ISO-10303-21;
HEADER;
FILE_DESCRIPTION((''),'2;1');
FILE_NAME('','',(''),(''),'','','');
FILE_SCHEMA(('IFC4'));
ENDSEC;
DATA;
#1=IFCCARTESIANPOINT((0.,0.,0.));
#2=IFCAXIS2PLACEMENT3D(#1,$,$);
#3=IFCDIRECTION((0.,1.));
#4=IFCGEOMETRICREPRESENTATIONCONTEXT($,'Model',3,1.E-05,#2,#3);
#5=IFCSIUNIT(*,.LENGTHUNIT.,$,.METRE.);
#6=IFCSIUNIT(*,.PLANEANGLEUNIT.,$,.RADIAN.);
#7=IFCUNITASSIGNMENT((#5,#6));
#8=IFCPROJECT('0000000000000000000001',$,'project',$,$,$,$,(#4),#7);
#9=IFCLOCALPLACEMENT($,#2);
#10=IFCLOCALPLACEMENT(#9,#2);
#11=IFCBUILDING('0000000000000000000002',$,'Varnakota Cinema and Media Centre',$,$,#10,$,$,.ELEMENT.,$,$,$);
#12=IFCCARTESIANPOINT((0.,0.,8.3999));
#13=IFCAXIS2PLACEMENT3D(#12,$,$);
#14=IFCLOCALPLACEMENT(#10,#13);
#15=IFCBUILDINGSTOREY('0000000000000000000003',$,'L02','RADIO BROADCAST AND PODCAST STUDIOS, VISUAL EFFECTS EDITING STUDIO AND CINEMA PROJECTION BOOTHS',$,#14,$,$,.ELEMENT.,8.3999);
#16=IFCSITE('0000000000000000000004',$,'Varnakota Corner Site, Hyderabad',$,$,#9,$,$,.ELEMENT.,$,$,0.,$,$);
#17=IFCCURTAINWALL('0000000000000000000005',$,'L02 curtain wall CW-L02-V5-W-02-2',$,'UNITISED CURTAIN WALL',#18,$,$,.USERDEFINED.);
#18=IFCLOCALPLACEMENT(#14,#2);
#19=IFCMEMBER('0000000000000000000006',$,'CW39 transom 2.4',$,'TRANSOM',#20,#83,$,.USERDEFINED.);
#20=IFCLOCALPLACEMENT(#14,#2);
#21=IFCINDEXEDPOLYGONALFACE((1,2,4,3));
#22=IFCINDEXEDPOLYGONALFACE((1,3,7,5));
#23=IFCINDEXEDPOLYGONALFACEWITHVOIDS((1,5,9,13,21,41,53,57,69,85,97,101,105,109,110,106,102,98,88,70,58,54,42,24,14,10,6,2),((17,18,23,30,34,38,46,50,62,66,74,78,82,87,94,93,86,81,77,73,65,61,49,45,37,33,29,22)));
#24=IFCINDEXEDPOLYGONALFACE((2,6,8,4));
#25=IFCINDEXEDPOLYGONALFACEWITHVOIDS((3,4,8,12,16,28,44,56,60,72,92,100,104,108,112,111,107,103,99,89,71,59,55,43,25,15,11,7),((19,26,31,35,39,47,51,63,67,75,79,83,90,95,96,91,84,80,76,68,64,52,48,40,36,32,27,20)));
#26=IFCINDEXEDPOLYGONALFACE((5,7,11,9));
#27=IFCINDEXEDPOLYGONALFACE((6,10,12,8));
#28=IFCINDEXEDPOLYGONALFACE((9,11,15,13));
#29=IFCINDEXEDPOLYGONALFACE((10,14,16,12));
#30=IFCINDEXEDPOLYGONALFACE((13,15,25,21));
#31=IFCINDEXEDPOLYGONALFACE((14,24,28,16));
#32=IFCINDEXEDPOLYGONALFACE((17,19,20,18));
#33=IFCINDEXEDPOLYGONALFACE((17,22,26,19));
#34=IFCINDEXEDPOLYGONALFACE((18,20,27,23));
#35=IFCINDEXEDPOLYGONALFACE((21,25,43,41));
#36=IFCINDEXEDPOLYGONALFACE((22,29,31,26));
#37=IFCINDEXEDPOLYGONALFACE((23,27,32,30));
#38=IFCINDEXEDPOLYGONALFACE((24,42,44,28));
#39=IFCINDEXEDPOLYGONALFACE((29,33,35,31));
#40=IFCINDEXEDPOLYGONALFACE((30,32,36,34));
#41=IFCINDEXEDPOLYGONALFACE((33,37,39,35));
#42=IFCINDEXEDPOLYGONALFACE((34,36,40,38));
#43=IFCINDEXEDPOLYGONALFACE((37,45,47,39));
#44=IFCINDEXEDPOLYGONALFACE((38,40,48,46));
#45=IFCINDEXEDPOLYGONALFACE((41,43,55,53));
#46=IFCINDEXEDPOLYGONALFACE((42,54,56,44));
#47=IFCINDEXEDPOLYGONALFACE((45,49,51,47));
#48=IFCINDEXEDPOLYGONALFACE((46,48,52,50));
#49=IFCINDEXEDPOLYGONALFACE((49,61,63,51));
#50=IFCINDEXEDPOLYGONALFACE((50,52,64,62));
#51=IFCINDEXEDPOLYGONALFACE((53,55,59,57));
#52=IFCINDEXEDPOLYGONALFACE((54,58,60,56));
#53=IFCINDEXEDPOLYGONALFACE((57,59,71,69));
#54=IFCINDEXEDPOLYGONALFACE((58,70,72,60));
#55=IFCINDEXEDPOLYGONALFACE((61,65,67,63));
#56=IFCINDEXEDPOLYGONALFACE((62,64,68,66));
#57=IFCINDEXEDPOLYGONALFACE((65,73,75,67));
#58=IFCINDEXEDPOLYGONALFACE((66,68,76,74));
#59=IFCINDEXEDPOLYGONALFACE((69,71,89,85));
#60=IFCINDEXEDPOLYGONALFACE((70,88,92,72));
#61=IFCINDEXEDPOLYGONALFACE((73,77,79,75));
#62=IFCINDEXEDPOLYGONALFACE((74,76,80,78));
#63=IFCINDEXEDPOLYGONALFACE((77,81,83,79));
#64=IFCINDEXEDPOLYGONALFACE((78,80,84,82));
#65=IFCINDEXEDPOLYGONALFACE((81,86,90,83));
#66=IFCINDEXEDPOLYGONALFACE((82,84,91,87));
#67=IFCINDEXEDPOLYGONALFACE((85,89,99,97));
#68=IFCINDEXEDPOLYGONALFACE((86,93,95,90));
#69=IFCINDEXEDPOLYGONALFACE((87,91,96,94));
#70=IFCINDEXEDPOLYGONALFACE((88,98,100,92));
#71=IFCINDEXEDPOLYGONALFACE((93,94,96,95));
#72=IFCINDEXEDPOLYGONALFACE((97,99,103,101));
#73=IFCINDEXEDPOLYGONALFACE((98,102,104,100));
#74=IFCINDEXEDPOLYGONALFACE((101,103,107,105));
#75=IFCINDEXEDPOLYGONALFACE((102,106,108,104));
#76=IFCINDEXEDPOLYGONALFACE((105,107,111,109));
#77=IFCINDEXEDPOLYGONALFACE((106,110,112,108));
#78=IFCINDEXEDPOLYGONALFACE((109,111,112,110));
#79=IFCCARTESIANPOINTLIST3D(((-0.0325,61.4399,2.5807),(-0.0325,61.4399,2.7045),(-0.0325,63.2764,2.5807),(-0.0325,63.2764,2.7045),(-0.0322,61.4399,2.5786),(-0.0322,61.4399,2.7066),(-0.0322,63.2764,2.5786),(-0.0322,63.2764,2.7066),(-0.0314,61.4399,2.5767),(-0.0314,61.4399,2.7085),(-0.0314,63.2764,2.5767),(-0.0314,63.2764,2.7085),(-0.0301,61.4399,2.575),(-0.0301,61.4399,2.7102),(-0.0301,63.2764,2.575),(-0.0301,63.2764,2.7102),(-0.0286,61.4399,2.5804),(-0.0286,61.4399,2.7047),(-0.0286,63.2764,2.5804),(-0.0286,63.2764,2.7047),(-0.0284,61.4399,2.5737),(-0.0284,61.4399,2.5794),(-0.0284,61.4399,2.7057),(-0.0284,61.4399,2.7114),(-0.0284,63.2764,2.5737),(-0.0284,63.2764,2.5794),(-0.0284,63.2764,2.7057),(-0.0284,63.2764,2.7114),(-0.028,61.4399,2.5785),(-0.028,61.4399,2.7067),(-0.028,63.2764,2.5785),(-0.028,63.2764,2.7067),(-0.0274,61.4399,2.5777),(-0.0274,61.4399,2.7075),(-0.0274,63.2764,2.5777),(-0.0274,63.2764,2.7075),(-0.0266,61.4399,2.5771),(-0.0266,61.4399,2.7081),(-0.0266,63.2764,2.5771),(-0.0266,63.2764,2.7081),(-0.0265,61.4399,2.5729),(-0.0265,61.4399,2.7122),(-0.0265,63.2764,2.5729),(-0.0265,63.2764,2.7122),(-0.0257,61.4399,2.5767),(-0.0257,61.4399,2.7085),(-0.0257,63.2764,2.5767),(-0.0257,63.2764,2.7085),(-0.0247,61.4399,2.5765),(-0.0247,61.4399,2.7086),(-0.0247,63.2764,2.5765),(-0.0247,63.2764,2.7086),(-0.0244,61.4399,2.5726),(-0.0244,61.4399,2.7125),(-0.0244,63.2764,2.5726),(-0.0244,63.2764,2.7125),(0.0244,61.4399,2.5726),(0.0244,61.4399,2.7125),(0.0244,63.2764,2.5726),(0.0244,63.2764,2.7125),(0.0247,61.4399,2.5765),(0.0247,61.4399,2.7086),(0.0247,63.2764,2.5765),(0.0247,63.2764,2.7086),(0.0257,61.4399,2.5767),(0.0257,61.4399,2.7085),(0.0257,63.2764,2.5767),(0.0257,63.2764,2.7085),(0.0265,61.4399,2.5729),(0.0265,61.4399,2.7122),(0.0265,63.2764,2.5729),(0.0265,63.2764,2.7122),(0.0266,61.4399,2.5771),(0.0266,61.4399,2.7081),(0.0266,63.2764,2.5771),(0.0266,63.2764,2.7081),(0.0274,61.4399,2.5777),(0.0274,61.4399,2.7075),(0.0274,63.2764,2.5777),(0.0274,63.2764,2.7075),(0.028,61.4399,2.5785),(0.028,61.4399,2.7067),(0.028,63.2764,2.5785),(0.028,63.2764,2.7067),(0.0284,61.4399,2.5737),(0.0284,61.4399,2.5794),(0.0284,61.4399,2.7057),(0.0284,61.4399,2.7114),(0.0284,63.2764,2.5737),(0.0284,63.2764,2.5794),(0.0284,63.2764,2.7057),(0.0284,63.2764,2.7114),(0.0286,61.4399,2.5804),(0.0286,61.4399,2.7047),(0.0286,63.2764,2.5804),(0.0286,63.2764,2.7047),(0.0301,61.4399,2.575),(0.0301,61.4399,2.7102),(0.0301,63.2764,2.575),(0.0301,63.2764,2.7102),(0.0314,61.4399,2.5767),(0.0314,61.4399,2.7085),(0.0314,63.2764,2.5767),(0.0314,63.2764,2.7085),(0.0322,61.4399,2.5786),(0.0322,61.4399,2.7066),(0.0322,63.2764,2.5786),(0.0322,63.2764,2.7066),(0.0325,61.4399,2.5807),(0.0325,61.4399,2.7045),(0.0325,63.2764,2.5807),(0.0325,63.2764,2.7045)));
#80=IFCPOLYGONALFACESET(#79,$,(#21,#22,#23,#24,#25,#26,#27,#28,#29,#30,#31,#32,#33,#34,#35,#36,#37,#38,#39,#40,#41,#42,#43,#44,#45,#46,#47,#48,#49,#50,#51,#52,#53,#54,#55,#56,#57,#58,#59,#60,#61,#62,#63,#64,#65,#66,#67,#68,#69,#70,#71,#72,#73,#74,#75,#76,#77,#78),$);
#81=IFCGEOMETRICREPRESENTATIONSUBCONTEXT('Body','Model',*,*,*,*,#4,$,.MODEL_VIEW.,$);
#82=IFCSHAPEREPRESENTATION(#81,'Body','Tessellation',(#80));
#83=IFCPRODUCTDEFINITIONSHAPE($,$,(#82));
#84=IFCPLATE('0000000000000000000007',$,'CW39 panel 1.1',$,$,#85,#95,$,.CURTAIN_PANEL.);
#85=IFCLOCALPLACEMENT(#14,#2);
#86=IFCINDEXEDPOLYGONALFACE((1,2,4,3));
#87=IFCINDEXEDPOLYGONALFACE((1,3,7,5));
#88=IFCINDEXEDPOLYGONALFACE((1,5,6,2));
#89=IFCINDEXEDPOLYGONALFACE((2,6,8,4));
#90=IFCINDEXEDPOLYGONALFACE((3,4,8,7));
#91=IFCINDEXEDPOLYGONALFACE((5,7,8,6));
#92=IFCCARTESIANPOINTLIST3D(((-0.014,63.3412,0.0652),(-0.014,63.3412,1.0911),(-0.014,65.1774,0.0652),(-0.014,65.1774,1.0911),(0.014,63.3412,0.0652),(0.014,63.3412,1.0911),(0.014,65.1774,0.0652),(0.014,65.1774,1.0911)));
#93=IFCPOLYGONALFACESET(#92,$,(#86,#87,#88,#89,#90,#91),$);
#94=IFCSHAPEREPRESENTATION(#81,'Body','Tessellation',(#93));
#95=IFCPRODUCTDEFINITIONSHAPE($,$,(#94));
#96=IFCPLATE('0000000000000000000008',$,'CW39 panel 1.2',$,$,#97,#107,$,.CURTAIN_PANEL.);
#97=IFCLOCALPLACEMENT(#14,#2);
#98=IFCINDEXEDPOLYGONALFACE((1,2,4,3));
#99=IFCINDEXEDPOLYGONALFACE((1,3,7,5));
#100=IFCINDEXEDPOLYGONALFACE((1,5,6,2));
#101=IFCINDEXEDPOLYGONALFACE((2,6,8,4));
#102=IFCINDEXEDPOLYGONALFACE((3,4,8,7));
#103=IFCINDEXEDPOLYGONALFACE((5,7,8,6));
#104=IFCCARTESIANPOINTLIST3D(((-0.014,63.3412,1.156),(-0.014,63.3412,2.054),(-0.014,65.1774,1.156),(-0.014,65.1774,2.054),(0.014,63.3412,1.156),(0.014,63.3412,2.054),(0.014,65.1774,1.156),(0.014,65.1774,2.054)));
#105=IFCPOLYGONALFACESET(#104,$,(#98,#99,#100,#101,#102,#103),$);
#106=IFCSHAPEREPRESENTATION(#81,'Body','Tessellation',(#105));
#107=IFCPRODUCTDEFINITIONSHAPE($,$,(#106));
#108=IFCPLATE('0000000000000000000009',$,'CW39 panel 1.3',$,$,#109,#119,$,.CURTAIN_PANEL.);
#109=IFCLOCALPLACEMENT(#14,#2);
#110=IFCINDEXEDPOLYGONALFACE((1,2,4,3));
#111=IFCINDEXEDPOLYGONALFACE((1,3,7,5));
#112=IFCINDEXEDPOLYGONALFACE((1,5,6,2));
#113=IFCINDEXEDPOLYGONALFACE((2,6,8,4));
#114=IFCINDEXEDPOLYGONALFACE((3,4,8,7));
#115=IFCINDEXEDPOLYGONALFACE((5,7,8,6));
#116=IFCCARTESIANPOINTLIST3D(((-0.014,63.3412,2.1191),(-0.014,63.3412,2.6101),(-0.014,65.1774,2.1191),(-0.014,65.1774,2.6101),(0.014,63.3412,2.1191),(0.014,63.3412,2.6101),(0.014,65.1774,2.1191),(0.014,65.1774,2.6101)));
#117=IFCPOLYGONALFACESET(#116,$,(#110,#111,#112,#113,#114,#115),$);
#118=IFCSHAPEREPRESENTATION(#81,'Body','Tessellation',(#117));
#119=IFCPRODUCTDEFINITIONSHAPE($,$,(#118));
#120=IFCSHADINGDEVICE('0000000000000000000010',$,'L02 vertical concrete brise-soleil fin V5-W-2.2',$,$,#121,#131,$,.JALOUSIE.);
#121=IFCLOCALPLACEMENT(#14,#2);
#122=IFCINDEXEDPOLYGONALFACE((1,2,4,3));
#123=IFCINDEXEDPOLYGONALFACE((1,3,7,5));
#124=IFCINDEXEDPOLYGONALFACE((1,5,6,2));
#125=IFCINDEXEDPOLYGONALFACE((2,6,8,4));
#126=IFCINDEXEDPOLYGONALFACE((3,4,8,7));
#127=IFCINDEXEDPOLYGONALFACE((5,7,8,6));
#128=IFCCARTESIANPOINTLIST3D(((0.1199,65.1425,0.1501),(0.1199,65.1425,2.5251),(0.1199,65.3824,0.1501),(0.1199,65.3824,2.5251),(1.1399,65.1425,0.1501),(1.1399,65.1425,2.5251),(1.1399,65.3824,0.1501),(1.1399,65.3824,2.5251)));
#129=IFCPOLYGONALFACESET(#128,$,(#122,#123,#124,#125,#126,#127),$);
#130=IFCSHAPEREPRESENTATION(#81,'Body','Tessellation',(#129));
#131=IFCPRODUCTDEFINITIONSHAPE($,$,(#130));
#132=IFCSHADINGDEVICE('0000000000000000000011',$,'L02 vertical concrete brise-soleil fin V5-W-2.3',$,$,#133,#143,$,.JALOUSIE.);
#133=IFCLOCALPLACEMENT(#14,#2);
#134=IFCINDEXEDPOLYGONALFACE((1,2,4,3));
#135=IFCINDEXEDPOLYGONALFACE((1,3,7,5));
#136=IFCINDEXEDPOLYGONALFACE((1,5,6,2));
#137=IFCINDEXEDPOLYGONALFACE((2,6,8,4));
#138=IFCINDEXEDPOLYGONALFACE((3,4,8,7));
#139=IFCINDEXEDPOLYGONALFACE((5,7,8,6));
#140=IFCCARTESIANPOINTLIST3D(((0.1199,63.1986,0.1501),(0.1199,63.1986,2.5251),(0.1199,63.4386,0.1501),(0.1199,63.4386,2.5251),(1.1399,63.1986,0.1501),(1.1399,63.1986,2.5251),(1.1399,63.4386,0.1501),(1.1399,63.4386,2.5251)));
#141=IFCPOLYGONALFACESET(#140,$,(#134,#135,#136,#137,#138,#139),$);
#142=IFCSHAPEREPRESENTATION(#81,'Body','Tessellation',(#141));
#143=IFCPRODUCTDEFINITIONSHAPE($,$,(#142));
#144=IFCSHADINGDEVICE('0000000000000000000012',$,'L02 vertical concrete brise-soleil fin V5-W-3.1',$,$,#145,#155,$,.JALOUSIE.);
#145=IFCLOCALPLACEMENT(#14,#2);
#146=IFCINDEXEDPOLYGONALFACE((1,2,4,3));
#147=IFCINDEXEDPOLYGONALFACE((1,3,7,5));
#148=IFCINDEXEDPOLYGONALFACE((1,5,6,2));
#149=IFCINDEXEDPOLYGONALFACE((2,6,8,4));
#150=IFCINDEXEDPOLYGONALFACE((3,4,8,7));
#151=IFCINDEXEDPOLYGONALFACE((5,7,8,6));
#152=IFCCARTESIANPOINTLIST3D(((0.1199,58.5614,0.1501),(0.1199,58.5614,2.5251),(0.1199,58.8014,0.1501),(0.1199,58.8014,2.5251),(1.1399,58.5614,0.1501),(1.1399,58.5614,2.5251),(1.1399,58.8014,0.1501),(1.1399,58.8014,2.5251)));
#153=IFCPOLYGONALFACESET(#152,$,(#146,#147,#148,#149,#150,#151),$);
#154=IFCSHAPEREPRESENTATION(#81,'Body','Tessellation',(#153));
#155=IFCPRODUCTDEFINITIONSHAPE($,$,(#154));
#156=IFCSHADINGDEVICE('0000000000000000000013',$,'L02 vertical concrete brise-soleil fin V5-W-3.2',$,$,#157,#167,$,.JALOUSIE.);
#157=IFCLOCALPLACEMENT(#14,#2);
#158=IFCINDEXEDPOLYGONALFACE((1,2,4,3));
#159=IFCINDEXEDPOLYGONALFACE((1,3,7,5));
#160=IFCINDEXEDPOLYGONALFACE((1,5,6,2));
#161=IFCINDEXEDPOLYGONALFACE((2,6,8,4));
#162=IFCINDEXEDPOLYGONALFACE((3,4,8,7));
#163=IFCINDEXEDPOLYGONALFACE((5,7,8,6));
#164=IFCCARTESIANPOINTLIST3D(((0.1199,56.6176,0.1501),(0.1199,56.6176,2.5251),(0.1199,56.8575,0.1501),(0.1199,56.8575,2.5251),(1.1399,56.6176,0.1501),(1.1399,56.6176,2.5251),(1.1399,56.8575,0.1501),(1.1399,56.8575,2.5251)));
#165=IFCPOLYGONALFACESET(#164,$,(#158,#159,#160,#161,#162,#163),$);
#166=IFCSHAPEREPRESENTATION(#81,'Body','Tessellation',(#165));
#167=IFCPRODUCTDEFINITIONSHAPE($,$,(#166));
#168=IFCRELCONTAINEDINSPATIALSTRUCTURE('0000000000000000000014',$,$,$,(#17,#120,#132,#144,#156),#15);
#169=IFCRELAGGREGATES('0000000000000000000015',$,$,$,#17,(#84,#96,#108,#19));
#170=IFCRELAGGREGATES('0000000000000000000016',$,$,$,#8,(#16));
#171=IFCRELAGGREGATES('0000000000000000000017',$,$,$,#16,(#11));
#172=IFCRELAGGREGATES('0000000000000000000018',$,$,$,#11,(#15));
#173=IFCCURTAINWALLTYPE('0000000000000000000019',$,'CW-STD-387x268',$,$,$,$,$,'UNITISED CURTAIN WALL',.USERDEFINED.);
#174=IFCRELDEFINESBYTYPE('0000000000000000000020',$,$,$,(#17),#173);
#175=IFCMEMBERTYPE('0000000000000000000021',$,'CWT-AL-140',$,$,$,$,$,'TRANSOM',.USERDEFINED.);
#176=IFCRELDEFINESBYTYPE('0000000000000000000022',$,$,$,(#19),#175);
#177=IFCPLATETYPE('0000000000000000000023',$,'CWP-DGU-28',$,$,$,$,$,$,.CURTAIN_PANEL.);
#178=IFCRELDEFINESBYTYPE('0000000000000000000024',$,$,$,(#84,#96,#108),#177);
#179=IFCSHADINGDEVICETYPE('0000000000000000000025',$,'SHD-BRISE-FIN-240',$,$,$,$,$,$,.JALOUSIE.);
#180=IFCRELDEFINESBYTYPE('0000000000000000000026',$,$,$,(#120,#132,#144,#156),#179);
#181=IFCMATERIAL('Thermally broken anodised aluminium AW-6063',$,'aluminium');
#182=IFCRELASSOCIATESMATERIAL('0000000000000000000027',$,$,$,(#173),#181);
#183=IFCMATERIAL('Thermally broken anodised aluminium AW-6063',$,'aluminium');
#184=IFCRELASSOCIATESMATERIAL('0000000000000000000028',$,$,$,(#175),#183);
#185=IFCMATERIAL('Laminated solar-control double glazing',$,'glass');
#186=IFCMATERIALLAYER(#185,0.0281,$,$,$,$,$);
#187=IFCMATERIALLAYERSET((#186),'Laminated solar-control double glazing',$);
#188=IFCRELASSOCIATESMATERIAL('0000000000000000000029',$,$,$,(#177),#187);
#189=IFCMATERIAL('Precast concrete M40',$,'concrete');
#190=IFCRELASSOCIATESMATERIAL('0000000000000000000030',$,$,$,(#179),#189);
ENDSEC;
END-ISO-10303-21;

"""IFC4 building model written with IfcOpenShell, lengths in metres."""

from ifc_helpers import new_model, si_unit, direction, frame, origin, origin_2d, place, context, subcontext, project, spatial, rectangle, hollow_rectangle, extrude, material, layer, layer_set, material_profile, profile_set, type_object, element, aggregate, save


model = new_model("IFC4")

# Units and contexts
model_context = context("Model", 3, precision=1e-05, world=origin(), true_north=direction((0.0, 1.0)))
body_context = subcontext(model_context, "Body", "Model", "MODEL_VIEW")
ifc_project = project(units=[si_unit("LENGTHUNIT", "METRE"), si_unit("PLANEANGLEUNIT", "RADIAN")], contexts=[model_context])

# Site, building, storey
site_placement = place(None, origin())
site = spatial("IfcSite", under=ifc_project, at=site_placement, Name="Varnakota Corner Site, Hyderabad", CompositionType="ELEMENT", RefElevation=0.0)
building_placement = place(site_placement, origin())
building = spatial("IfcBuilding", under=site, at=building_placement, Name="Varnakota Cinema and Media Centre", CompositionType="ELEMENT")
storey_placement = place(building_placement, frame((0.0, 0.0, 8.3999)))
storey = spatial("IfcBuildingStorey", under=building, at=storey_placement, Name="L02", Description="RADIO BROADCAST AND PODCAST STUDIOS, VISUAL EFFECTS EDITING STUDIO AND CINEMA PROJECTION BOOTHS", CompositionType="ELEMENT", Elevation=8.3999)

# Curtain wall, member, plates
ifc_material_1 = material(Name="Thermally broken anodised aluminium AW-6063", Category="aluminium")
curtain_wall_type = type_object("IfcCurtainWallType", Name="CW-STD-387x268", ElementType="UNITISED CURTAIN WALL", PredefinedType="USERDEFINED", material=ifc_material_1)
curtain_wall_placement = place(storey_placement, origin())
curtain_wall = element("IfcCurtainWall", 1, at=curtain_wall_placement, inside=storey, type_object=curtain_wall_type, Name="L02 curtain wall CW-L02-V5-W-02-2", ObjectType="UNITISED CURTAIN WALL", PredefinedType="USERDEFINED")
ifc_material_2 = material(Name="Thermally broken anodised aluminium AW-6063", Category="aluminium")
ifc_material_profile_1 = material_profile(ifc_material_2, hollow_rectangle(XDim=0.0649, YDim=0.1399, WallThickness=0.0039, InnerFilletRadius=0.0039, OuterFilletRadius=0.0081, at=origin_2d()), Name="AL-TRANSOM 140x65x4")
ifc_profile_set_1 = profile_set([ifc_material_profile_1], Name="Thermally broken anodised aluminium AW-6063")
member_type_1 = type_object("IfcMemberType", Name="CWT-AL-140", ElementType="TRANSOM", PredefinedType="USERDEFINED", material=ifc_profile_set_1)
member_1_placement = place(storey_placement, frame((0.0, 63.2764, 2.6426), z_axis=(0.0, -1.0, 0.0), x_axis=(1.0, 0.0, 0.0)))
member_1 = element("IfcMember", 2, at=member_1_placement, type_object=member_type_1, Name="CW39 transom 2.4", ObjectType="TRANSOM", PredefinedType="USERDEFINED", context=body_context, shape_type="SweptSolid", body=[
    extrude(hollow_rectangle(XDim=0.0649, YDim=0.1399, WallThickness=0.0039, InnerFilletRadius=0.0039, OuterFilletRadius=0.0081, at=origin_2d()), origin(), (0.0, 0.0, 1.0), 1.8364),
])
ifc_material_3 = material(Name="Laminated solar-control double glazing", Category="glass")
ifc_layer = layer(ifc_material_3, 0.0281)
ifc_layer_set = layer_set([ifc_layer], Name="Laminated solar-control double glazing")
plate_type = type_object("IfcPlateType", Name="CWP-DGU-28", PredefinedType="CURTAIN_PANEL", material=ifc_layer_set)
plate_1_placement = place(storey_placement, frame((0.0, 64.2593, 0.0652), z_axis=(0.0, 0.0, 1.0), x_axis=(0.0, -1.0, 0.0)))
plate_1 = element("IfcPlate", 3, at=plate_1_placement, type_object=plate_type, Name="CW39 panel 1.1", PredefinedType="CURTAIN_PANEL", context=body_context, shape_type="SweptSolid", body=[
    extrude(rectangle(XDim=1.8362, YDim=0.0281, at=origin_2d()), origin(), (0.0, 0.0, 1.0), 1.0259),
])
plate_2_placement = place(storey_placement, frame((0.0, 64.2593, 1.156), z_axis=(0.0, 0.0, 1.0), x_axis=(0.0, -1.0, 0.0)))
plate_2 = element("IfcPlate", 4, at=plate_2_placement, type_object=plate_type, Name="CW39 panel 1.2", PredefinedType="CURTAIN_PANEL", context=body_context, shape_type="SweptSolid", body=[
    extrude(rectangle(XDim=1.8362, YDim=0.0281, at=origin_2d()), origin(), (0.0, 0.0, 1.0), 0.8979),
])
plate_3_placement = place(storey_placement, frame((0.0, 64.2593, 2.1191), z_axis=(0.0, 0.0, 1.0), x_axis=(0.0, -1.0, 0.0)))
plate_3 = element("IfcPlate", 5, at=plate_3_placement, type_object=plate_type, Name="CW39 panel 1.3", PredefinedType="CURTAIN_PANEL", context=body_context, shape_type="SweptSolid", body=[
    extrude(rectangle(XDim=1.8362, YDim=0.0281, at=origin_2d()), origin(), (0.0, 0.0, 1.0), 0.491),
])
aggregate(curtain_wall, [plate_1, plate_2, plate_3, member_1])

# Shading devices
ifc_material_4 = material(Name="Precast concrete M40", Category="concrete")
shading_device_type = type_object("IfcShadingDeviceType", Name="SHD-BRISE-FIN-240", PredefinedType="JALOUSIE", material=ifc_material_4)
for number, where, z_axis, x_axis, name in (
    (6, (0.6299, 65.2625, 0.1501), (0.0, 0.0, 1.0), (0.0, -1.0, 0.0), "L02 vertical concrete brise-soleil fin V5-W-2.2"),
    (7, (0.6299, 63.3186, 0.1501), (0.0, 0.0, 1.0), (0.0, -1.0, 0.0), "L02 vertical concrete brise-soleil fin V5-W-2.3"),
    (8, (0.6299, 58.6814, 0.1501), (0.0, 0.0, 1.0), (0.0, -1.0, 0.0), "L02 vertical concrete brise-soleil fin V5-W-3.1"),
    (9, (0.6299, 56.7375, 0.1501), (0.0, 0.0, 1.0), (0.0, -1.0, 0.0), "L02 vertical concrete brise-soleil fin V5-W-3.2"),
):
    element("IfcShadingDevice", number, at=place(storey_placement, frame(where, z_axis=z_axis, x_axis=x_axis)), inside=storey, type_object=shading_device_type, Name=name, PredefinedType="JALOUSIE", context=body_context, shape_type="SweptSolid", body=[
        extrude(rectangle(XDim=0.24, YDim=1.02, at=origin_2d()), origin(), (0.0, 0.0, 1.0), 2.375),
    ])

save(model, "model.ifc")
